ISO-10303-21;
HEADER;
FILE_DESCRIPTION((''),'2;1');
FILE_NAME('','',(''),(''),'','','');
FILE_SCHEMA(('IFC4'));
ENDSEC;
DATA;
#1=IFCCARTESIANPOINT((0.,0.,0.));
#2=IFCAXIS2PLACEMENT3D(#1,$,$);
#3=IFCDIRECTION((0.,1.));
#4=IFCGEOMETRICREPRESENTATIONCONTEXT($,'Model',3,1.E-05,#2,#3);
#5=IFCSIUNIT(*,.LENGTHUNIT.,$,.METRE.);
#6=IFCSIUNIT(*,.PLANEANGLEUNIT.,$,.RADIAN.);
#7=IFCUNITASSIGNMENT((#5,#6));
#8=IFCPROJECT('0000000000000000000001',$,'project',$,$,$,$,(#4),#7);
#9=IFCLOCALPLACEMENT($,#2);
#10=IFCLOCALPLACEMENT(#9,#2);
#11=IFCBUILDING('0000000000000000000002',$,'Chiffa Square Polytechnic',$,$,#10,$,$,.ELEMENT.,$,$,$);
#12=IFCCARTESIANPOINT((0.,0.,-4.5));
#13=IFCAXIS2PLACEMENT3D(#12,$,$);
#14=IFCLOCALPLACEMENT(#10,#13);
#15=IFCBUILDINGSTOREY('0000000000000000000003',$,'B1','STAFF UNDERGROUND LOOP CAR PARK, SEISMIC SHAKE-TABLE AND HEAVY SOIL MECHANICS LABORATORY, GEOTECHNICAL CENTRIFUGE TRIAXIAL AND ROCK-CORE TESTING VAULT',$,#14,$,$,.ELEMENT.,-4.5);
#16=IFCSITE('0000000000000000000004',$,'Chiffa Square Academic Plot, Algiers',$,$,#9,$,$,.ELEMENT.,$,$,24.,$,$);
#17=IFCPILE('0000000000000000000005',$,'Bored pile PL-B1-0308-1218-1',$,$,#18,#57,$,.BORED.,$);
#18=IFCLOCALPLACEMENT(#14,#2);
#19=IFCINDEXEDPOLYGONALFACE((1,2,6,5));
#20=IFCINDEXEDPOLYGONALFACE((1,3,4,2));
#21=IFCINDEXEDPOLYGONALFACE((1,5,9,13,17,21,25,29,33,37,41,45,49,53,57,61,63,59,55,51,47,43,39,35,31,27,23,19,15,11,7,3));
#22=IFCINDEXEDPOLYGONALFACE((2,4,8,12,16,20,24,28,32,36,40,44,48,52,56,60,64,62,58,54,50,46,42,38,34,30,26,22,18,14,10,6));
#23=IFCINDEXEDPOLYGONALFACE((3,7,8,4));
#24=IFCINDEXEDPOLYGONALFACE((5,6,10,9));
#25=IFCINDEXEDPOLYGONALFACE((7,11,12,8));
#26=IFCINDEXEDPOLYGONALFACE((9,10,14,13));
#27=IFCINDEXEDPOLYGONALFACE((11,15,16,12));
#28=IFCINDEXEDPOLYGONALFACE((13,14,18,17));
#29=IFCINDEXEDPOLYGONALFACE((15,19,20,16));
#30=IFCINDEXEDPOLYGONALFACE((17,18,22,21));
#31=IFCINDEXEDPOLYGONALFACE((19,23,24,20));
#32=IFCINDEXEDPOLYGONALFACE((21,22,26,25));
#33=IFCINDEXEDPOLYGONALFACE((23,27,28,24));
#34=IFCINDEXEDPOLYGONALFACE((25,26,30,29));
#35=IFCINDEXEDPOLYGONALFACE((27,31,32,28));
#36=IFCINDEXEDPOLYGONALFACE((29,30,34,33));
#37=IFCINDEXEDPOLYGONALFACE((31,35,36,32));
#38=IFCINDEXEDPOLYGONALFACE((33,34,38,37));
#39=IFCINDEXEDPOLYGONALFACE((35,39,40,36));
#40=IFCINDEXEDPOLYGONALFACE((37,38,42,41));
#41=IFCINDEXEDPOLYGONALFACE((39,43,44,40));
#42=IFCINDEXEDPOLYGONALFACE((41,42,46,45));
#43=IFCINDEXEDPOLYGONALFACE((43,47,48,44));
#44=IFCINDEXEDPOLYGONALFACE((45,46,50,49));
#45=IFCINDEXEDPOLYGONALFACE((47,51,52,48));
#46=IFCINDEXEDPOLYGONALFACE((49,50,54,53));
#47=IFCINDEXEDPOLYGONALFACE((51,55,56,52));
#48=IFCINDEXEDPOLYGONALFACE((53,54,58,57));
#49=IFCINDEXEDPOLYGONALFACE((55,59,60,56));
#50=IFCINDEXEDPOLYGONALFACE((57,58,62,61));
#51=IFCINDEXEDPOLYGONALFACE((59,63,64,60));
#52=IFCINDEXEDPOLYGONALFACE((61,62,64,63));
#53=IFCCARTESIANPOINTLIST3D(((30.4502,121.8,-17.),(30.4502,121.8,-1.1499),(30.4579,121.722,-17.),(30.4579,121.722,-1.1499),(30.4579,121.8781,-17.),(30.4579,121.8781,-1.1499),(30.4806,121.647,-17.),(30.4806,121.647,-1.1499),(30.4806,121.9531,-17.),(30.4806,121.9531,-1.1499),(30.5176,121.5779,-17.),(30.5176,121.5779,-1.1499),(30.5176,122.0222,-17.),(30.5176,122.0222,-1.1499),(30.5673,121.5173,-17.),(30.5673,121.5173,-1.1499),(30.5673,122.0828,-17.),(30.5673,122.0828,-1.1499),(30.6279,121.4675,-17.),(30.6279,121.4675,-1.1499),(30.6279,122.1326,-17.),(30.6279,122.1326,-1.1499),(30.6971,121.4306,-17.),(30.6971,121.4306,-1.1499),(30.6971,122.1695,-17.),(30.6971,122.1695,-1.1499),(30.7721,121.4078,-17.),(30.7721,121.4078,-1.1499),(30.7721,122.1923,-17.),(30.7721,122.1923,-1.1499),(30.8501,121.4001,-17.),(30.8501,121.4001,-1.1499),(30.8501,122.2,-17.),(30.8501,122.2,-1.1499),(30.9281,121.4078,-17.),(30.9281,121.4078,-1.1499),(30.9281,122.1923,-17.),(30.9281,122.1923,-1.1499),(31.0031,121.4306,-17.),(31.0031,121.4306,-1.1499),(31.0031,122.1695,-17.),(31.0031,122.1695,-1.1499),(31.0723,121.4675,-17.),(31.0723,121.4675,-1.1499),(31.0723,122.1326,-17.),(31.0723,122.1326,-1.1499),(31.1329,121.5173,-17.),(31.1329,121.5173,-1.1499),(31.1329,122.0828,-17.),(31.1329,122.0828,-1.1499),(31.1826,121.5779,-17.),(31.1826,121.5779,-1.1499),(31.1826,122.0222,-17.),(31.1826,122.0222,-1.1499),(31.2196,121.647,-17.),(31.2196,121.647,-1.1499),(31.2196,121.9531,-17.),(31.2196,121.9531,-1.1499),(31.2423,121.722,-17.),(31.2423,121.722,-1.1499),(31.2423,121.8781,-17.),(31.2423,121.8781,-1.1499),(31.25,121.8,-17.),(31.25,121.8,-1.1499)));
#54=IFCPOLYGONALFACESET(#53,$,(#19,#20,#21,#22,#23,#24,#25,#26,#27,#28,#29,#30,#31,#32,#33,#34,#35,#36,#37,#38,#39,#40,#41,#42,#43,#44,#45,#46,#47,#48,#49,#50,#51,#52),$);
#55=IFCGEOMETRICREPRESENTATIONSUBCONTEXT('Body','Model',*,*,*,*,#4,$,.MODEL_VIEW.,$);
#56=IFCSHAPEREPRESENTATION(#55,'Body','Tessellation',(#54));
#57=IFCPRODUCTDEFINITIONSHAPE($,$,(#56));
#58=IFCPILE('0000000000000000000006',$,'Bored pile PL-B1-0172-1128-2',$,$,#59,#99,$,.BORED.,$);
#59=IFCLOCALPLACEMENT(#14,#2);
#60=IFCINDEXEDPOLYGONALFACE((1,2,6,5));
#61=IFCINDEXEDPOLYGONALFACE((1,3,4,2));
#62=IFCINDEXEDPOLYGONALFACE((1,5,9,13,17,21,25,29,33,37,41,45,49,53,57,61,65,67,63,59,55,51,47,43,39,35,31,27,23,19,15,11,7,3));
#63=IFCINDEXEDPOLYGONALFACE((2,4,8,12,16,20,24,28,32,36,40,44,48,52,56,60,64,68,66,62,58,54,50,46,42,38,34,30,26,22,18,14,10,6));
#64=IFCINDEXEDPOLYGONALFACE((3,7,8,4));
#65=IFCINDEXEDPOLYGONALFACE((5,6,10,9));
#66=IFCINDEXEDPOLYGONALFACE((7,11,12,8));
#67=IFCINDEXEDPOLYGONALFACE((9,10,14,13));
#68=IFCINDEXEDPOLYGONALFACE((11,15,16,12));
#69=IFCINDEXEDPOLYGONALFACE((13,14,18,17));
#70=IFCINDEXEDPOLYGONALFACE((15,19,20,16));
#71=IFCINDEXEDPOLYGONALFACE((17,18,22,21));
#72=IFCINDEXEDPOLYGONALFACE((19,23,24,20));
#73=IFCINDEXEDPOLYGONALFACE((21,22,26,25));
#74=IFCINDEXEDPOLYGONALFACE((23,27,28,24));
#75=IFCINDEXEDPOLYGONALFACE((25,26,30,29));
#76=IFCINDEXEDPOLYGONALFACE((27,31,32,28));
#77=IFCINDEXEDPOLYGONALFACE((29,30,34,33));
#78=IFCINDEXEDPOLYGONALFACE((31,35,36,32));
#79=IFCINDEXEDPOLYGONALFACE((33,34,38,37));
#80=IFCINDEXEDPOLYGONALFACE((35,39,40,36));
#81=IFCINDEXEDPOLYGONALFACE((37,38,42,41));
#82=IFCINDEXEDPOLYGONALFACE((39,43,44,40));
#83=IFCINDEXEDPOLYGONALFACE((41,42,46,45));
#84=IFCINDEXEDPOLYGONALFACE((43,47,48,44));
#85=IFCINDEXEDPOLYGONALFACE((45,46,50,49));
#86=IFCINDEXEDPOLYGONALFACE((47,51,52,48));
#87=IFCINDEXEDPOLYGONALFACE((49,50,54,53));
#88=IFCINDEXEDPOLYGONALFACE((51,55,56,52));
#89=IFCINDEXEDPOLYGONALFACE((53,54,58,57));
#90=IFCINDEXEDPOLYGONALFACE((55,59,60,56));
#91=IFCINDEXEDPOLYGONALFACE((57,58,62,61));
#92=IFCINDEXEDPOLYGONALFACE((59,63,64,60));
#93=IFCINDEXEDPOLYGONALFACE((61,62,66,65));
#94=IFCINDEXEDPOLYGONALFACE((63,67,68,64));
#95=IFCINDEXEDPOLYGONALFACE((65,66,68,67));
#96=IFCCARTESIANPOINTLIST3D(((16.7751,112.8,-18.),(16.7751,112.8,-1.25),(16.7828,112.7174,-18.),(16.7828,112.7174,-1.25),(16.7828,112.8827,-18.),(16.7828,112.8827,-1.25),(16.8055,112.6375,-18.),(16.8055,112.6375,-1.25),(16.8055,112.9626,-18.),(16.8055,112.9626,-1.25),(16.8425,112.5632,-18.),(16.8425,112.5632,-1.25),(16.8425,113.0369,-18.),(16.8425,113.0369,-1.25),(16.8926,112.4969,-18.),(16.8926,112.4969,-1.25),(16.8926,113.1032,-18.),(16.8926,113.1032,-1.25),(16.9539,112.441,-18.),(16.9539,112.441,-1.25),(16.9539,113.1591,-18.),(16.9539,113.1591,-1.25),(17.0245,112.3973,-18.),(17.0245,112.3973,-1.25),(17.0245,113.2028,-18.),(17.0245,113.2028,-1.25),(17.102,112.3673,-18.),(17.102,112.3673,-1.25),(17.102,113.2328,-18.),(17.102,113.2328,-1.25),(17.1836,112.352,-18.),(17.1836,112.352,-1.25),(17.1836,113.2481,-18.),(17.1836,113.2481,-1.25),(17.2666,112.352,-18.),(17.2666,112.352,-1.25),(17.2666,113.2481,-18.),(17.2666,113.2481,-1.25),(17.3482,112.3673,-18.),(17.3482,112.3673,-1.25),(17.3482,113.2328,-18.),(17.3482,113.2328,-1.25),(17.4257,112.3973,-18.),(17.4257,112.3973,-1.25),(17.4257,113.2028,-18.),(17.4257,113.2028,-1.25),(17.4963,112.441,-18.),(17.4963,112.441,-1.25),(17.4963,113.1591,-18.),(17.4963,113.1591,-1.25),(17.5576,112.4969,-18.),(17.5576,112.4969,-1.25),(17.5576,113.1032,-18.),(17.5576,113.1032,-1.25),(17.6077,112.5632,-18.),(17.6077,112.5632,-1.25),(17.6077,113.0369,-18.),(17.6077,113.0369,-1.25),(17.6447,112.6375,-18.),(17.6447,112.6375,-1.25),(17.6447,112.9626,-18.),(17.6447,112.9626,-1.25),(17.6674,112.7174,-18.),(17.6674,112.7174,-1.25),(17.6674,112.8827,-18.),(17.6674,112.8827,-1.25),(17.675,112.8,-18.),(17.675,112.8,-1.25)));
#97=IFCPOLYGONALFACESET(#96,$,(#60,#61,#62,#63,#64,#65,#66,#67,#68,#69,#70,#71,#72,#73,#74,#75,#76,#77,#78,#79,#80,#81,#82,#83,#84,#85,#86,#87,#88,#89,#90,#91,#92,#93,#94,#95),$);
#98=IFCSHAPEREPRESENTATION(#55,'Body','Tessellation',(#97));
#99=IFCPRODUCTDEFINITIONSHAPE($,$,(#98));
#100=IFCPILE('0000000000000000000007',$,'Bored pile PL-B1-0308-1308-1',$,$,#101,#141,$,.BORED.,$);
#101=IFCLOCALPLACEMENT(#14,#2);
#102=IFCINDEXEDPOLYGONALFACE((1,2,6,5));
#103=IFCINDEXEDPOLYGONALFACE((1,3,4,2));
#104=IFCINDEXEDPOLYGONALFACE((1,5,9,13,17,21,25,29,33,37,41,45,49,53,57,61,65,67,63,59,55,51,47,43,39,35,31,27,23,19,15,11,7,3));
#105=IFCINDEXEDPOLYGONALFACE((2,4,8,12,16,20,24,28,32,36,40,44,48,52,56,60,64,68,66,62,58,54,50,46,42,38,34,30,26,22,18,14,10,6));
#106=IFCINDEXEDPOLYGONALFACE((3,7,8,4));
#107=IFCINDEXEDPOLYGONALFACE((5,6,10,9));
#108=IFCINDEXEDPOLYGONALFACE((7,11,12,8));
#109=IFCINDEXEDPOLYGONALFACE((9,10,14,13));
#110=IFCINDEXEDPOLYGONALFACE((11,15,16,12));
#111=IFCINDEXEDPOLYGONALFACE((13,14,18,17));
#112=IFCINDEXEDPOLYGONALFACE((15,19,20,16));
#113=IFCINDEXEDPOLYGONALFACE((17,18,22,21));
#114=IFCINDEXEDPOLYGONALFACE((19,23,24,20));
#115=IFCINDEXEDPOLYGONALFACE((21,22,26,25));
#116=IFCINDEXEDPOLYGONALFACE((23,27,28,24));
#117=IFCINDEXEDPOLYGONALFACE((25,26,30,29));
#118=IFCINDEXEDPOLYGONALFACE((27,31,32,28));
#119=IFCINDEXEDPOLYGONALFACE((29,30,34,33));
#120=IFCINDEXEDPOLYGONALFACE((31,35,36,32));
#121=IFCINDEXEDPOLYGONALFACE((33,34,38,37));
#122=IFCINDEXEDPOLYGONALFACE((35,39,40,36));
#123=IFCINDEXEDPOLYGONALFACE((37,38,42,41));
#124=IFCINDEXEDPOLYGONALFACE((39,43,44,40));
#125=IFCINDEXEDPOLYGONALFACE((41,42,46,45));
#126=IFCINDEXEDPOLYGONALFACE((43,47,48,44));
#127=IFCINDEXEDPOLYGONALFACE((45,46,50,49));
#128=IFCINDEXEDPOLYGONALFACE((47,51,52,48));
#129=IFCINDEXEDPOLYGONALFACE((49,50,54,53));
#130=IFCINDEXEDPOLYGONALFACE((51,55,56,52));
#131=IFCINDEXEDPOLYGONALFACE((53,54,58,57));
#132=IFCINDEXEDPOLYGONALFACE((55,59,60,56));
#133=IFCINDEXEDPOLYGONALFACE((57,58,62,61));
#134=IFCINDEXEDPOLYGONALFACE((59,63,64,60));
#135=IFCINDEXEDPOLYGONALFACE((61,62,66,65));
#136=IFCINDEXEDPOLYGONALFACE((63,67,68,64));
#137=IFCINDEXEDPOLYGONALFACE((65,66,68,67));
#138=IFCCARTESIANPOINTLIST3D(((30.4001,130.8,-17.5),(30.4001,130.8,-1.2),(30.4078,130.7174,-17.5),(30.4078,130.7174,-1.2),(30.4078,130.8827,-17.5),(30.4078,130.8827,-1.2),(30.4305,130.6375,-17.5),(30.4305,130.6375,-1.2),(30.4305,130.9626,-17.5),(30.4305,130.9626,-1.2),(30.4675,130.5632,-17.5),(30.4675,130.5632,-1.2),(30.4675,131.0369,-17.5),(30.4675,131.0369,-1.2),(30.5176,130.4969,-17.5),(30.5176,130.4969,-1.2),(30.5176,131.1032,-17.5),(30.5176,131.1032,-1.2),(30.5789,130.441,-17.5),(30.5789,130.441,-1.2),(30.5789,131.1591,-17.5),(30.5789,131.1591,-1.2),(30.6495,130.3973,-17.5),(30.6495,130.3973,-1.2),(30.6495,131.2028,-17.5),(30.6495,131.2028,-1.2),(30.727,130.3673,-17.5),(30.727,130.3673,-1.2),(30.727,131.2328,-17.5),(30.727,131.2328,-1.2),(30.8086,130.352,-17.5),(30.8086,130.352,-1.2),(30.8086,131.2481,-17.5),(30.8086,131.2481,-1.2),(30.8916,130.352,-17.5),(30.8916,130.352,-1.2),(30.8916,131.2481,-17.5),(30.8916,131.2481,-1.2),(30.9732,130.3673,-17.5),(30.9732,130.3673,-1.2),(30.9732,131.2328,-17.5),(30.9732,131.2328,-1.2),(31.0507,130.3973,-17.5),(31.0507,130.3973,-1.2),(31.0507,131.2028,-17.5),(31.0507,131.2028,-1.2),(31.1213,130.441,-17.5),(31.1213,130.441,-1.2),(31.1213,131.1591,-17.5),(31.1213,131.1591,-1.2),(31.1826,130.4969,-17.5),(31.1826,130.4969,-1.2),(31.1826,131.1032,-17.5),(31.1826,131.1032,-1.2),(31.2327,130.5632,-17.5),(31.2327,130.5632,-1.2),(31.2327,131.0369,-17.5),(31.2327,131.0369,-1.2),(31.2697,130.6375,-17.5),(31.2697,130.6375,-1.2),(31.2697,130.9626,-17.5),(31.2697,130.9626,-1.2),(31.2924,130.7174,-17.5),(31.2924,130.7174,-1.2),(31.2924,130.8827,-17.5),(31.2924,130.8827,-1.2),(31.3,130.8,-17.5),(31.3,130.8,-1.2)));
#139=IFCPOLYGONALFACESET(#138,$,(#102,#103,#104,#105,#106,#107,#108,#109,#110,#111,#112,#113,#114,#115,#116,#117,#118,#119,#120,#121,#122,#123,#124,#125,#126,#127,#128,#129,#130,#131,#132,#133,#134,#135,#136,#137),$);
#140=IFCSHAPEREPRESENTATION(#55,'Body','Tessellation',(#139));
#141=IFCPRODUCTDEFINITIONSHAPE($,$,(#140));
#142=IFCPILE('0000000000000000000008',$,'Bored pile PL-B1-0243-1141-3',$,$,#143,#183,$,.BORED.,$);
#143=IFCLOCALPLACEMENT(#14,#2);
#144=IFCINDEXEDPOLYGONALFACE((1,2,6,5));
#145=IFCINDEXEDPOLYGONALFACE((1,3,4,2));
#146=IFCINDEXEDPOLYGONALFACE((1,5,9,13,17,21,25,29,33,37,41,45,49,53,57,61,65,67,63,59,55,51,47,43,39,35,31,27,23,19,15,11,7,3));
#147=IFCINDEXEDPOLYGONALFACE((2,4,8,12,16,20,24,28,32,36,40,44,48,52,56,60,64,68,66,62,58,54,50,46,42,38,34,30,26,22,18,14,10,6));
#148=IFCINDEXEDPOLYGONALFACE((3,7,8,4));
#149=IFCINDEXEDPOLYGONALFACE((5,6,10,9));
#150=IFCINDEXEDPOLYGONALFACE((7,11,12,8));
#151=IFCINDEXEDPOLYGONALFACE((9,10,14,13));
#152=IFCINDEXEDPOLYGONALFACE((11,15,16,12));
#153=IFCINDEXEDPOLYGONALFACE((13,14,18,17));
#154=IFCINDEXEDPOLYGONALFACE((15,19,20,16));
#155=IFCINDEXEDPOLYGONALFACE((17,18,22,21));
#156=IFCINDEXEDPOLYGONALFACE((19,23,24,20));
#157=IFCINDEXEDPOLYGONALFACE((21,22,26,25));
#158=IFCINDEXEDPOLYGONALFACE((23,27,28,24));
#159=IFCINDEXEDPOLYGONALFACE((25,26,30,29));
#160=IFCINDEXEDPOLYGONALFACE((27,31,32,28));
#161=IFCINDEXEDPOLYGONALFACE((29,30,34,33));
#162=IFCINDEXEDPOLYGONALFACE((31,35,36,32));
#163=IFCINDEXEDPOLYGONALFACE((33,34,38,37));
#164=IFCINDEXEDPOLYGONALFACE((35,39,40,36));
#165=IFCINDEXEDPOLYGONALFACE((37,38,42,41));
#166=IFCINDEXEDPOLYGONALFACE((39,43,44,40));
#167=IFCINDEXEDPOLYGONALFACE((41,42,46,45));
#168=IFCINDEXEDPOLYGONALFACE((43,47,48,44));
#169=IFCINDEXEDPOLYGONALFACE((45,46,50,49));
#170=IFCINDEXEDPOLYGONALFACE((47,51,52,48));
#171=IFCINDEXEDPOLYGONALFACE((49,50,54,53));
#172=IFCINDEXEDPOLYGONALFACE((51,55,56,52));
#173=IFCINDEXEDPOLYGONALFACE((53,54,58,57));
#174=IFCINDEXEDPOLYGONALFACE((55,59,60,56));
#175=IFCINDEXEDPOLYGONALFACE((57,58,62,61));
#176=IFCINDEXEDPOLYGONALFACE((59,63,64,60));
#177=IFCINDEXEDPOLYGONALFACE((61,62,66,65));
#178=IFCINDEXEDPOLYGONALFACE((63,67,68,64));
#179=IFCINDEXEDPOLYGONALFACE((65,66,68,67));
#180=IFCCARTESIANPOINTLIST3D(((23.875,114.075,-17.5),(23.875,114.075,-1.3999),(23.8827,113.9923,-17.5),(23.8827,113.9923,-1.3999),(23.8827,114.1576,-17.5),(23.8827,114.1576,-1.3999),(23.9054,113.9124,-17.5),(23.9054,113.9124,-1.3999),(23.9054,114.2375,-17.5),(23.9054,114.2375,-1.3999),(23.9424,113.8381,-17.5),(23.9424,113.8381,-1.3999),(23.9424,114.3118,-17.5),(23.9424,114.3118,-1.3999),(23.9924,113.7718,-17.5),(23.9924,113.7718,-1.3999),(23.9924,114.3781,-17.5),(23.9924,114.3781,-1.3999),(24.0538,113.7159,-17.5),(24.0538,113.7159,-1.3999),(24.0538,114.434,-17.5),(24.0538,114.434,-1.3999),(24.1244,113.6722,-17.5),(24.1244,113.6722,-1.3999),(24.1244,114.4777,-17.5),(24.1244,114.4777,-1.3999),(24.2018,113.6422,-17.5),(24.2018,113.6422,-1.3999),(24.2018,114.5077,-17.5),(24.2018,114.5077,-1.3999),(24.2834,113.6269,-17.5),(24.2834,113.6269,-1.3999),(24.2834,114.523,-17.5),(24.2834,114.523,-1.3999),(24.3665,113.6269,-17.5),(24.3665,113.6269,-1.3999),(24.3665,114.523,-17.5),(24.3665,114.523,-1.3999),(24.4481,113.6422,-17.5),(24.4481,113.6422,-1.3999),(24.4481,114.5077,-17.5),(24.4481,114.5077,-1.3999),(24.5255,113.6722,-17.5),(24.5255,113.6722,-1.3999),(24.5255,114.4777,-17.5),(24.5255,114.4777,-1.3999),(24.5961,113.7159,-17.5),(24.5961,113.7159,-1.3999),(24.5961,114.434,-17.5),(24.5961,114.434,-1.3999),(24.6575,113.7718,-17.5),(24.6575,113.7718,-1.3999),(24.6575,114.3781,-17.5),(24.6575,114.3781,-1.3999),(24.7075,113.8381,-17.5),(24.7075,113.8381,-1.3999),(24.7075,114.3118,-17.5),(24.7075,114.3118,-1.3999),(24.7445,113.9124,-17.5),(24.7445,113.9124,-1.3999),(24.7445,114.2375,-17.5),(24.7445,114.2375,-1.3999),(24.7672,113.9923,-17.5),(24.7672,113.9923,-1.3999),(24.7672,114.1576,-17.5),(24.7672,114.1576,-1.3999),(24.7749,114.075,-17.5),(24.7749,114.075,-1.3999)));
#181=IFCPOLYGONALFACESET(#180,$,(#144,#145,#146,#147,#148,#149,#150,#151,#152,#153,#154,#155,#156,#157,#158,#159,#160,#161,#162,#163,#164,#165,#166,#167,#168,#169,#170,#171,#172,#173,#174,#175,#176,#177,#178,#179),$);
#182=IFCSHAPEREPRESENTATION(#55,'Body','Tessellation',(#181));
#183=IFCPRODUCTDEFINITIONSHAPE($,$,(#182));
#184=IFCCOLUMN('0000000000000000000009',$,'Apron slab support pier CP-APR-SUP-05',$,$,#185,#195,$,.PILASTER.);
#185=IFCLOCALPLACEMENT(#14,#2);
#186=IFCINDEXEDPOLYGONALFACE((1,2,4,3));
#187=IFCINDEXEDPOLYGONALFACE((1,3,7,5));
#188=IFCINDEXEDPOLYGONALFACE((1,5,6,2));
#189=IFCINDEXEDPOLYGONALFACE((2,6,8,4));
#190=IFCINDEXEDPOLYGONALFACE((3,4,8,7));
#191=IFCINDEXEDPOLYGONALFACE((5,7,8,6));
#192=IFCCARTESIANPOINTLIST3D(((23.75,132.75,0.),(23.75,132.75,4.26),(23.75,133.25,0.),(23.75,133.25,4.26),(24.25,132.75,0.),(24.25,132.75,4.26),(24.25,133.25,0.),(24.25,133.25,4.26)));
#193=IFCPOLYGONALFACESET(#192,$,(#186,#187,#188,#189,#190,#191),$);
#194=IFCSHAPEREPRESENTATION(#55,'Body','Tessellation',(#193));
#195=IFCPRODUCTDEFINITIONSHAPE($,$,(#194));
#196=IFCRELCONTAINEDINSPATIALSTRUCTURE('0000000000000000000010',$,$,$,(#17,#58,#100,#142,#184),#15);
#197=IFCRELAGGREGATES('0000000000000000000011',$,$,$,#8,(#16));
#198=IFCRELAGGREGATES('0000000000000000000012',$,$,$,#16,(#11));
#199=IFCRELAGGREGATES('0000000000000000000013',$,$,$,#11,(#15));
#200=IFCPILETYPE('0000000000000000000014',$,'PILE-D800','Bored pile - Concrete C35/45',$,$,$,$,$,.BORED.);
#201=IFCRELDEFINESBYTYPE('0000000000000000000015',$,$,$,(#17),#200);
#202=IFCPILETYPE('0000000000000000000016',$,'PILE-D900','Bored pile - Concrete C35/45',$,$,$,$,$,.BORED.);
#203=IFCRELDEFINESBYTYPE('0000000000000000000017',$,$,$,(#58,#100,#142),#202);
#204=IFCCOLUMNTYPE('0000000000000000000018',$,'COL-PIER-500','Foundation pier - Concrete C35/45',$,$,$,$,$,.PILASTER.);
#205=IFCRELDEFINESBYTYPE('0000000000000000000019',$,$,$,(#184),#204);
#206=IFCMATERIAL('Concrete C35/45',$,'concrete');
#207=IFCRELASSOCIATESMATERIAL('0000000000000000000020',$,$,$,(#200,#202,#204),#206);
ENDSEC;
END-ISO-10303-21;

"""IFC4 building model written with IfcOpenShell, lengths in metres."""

from ifc_helpers import new_model, si_unit, direction, frame, origin, origin_2d, place, context, subcontext, project, spatial, rectangle, circle, extrude, material, material_profile, profile_set, type_object, element, save


model = new_model("IFC4")

# Units and contexts
model_context = context("Model", 3, precision=1e-05, world=origin(), true_north=direction((0.0, 1.0)))
body_context = subcontext(model_context, "Body", "Model", "MODEL_VIEW")
ifc_project = project(units=[si_unit("LENGTHUNIT", "METRE"), si_unit("PLANEANGLEUNIT", "RADIAN")], contexts=[model_context])

# Site, building, storey
site_placement = place(None, origin())
site = spatial("IfcSite", under=ifc_project, at=site_placement, Name="Chiffa Square Academic Plot, Algiers", CompositionType="ELEMENT", RefElevation=24.0)
building_placement = place(site_placement, origin())
building = spatial("IfcBuilding", under=site, at=building_placement, Name="Chiffa Square Polytechnic", CompositionType="ELEMENT")
storey_placement = place(building_placement, frame((0.0, 0.0, -4.5)))
storey = spatial("IfcBuildingStorey", under=building, at=storey_placement, Name="B1", Description="STAFF UNDERGROUND LOOP CAR PARK, SEISMIC SHAKE-TABLE AND HEAVY SOIL MECHANICS LABORATORY, GEOTECHNICAL CENTRIFUGE TRIAXIAL AND ROCK-CORE TESTING VAULT", CompositionType="ELEMENT", Elevation=-4.5)

# Shared definitions
ifc_material_1 = material(Name="Concrete C35/45", Category="concrete")

# Piles
ifc_material_profile_1 = material_profile(ifc_material_1, circle(Radius=0.3999, at=origin_2d()), Name="PILE D800")
ifc_profile_set_1 = profile_set([ifc_material_profile_1], Name="Concrete C35/45")
pile_type_1 = type_object("IfcPileType", Name="PILE-D800", Description="Bored pile - Concrete C35/45", PredefinedType="BORED", material=ifc_profile_set_1)
pile_1_placement = place(storey_placement, frame((30.8501, 121.8, -1.1499), z_axis=(0.0, 0.0, -1.0), x_axis=(1.0, 0.0, 0.0)))
element("IfcPile", 1, at=pile_1_placement, inside=storey, type_object=pile_type_1, Name="Bored pile PL-B1-0308-1218-1", PredefinedType="BORED", context=body_context, shape_type="SweptSolid", body=[
    extrude(circle(Radius=0.3999, at=origin_2d()), origin(), (0.0, 0.0, 1.0), 15.8501),
])
ifc_material_profile_2 = material_profile(ifc_material_1, circle(Radius=0.45, at=origin_2d()), Name="PILE D900")
ifc_profile_set_2 = profile_set([ifc_material_profile_2], Name="Concrete C35/45")
pile_type_2 = type_object("IfcPileType", Name="PILE-D900", Description="Bored pile - Concrete C35/45", PredefinedType="BORED", material=ifc_profile_set_2)
pile_2_placement = place(storey_placement, frame((17.2251, 112.8, -1.25), z_axis=(0.0, 0.0, -1.0), x_axis=(1.0, 0.0, 0.0)))
element("IfcPile", 2, at=pile_2_placement, inside=storey, type_object=pile_type_2, Name="Bored pile PL-B1-0172-1128-2", PredefinedType="BORED", context=body_context, shape_type="SweptSolid", body=[
    extrude(circle(Radius=0.45, at=origin_2d()), origin(), (0.0, 0.0, 1.0), 16.75),
])
pile_3_placement = place(storey_placement, frame((30.8501, 130.8, -1.2), z_axis=(0.0, 0.0, -1.0), x_axis=(1.0, 0.0, 0.0)))
element("IfcPile", 3, at=pile_3_placement, inside=storey, type_object=pile_type_2, Name="Bored pile PL-B1-0308-1308-1", PredefinedType="BORED", context=body_context, shape_type="SweptSolid", body=[
    extrude(circle(Radius=0.45, at=origin_2d()), origin(), (0.0, 0.0, 1.0), 16.3),
])
pile_4_placement = place(storey_placement, frame((24.325, 114.075, -1.3999), z_axis=(0.0, 0.0, -1.0), x_axis=(1.0, 0.0, 0.0)))
element("IfcPile", 4, at=pile_4_placement, inside=storey, type_object=pile_type_2, Name="Bored pile PL-B1-0243-1141-3", PredefinedType="BORED", context=body_context, shape_type="SweptSolid", body=[
    extrude(circle(Radius=0.45, at=origin_2d()), origin(), (0.0, 0.0, 1.0), 16.1001),
])

# Column
ifc_material_profile_3 = material_profile(ifc_material_1, rectangle(XDim=0.5, YDim=0.5, at=origin_2d()), Name="RC 500x500")
ifc_profile_set_3 = profile_set([ifc_material_profile_3], Name="Concrete C35/45")
column_type_1 = type_object("IfcColumnType", Name="COL-PIER-500", Description="Foundation pier - Concrete C35/45", PredefinedType="PILASTER", material=ifc_profile_set_3)
column_placement = place(storey_placement, frame((24.0, 133.0, 0.0), z_axis=(0.0, 0.0, 1.0), x_axis=(1.0, 0.0, 0.0)))
element("IfcColumn", 5, at=column_placement, inside=storey, type_object=column_type_1, Name="Apron slab support pier CP-APR-SUP-05", PredefinedType="PILASTER", context=body_context, shape_type="SweptSolid", body=[
    extrude(rectangle(XDim=0.5, YDim=0.5, at=origin_2d()), origin(), (0.0, 0.0, 1.0), 4.26),
])

save(model, "model.ifc")
